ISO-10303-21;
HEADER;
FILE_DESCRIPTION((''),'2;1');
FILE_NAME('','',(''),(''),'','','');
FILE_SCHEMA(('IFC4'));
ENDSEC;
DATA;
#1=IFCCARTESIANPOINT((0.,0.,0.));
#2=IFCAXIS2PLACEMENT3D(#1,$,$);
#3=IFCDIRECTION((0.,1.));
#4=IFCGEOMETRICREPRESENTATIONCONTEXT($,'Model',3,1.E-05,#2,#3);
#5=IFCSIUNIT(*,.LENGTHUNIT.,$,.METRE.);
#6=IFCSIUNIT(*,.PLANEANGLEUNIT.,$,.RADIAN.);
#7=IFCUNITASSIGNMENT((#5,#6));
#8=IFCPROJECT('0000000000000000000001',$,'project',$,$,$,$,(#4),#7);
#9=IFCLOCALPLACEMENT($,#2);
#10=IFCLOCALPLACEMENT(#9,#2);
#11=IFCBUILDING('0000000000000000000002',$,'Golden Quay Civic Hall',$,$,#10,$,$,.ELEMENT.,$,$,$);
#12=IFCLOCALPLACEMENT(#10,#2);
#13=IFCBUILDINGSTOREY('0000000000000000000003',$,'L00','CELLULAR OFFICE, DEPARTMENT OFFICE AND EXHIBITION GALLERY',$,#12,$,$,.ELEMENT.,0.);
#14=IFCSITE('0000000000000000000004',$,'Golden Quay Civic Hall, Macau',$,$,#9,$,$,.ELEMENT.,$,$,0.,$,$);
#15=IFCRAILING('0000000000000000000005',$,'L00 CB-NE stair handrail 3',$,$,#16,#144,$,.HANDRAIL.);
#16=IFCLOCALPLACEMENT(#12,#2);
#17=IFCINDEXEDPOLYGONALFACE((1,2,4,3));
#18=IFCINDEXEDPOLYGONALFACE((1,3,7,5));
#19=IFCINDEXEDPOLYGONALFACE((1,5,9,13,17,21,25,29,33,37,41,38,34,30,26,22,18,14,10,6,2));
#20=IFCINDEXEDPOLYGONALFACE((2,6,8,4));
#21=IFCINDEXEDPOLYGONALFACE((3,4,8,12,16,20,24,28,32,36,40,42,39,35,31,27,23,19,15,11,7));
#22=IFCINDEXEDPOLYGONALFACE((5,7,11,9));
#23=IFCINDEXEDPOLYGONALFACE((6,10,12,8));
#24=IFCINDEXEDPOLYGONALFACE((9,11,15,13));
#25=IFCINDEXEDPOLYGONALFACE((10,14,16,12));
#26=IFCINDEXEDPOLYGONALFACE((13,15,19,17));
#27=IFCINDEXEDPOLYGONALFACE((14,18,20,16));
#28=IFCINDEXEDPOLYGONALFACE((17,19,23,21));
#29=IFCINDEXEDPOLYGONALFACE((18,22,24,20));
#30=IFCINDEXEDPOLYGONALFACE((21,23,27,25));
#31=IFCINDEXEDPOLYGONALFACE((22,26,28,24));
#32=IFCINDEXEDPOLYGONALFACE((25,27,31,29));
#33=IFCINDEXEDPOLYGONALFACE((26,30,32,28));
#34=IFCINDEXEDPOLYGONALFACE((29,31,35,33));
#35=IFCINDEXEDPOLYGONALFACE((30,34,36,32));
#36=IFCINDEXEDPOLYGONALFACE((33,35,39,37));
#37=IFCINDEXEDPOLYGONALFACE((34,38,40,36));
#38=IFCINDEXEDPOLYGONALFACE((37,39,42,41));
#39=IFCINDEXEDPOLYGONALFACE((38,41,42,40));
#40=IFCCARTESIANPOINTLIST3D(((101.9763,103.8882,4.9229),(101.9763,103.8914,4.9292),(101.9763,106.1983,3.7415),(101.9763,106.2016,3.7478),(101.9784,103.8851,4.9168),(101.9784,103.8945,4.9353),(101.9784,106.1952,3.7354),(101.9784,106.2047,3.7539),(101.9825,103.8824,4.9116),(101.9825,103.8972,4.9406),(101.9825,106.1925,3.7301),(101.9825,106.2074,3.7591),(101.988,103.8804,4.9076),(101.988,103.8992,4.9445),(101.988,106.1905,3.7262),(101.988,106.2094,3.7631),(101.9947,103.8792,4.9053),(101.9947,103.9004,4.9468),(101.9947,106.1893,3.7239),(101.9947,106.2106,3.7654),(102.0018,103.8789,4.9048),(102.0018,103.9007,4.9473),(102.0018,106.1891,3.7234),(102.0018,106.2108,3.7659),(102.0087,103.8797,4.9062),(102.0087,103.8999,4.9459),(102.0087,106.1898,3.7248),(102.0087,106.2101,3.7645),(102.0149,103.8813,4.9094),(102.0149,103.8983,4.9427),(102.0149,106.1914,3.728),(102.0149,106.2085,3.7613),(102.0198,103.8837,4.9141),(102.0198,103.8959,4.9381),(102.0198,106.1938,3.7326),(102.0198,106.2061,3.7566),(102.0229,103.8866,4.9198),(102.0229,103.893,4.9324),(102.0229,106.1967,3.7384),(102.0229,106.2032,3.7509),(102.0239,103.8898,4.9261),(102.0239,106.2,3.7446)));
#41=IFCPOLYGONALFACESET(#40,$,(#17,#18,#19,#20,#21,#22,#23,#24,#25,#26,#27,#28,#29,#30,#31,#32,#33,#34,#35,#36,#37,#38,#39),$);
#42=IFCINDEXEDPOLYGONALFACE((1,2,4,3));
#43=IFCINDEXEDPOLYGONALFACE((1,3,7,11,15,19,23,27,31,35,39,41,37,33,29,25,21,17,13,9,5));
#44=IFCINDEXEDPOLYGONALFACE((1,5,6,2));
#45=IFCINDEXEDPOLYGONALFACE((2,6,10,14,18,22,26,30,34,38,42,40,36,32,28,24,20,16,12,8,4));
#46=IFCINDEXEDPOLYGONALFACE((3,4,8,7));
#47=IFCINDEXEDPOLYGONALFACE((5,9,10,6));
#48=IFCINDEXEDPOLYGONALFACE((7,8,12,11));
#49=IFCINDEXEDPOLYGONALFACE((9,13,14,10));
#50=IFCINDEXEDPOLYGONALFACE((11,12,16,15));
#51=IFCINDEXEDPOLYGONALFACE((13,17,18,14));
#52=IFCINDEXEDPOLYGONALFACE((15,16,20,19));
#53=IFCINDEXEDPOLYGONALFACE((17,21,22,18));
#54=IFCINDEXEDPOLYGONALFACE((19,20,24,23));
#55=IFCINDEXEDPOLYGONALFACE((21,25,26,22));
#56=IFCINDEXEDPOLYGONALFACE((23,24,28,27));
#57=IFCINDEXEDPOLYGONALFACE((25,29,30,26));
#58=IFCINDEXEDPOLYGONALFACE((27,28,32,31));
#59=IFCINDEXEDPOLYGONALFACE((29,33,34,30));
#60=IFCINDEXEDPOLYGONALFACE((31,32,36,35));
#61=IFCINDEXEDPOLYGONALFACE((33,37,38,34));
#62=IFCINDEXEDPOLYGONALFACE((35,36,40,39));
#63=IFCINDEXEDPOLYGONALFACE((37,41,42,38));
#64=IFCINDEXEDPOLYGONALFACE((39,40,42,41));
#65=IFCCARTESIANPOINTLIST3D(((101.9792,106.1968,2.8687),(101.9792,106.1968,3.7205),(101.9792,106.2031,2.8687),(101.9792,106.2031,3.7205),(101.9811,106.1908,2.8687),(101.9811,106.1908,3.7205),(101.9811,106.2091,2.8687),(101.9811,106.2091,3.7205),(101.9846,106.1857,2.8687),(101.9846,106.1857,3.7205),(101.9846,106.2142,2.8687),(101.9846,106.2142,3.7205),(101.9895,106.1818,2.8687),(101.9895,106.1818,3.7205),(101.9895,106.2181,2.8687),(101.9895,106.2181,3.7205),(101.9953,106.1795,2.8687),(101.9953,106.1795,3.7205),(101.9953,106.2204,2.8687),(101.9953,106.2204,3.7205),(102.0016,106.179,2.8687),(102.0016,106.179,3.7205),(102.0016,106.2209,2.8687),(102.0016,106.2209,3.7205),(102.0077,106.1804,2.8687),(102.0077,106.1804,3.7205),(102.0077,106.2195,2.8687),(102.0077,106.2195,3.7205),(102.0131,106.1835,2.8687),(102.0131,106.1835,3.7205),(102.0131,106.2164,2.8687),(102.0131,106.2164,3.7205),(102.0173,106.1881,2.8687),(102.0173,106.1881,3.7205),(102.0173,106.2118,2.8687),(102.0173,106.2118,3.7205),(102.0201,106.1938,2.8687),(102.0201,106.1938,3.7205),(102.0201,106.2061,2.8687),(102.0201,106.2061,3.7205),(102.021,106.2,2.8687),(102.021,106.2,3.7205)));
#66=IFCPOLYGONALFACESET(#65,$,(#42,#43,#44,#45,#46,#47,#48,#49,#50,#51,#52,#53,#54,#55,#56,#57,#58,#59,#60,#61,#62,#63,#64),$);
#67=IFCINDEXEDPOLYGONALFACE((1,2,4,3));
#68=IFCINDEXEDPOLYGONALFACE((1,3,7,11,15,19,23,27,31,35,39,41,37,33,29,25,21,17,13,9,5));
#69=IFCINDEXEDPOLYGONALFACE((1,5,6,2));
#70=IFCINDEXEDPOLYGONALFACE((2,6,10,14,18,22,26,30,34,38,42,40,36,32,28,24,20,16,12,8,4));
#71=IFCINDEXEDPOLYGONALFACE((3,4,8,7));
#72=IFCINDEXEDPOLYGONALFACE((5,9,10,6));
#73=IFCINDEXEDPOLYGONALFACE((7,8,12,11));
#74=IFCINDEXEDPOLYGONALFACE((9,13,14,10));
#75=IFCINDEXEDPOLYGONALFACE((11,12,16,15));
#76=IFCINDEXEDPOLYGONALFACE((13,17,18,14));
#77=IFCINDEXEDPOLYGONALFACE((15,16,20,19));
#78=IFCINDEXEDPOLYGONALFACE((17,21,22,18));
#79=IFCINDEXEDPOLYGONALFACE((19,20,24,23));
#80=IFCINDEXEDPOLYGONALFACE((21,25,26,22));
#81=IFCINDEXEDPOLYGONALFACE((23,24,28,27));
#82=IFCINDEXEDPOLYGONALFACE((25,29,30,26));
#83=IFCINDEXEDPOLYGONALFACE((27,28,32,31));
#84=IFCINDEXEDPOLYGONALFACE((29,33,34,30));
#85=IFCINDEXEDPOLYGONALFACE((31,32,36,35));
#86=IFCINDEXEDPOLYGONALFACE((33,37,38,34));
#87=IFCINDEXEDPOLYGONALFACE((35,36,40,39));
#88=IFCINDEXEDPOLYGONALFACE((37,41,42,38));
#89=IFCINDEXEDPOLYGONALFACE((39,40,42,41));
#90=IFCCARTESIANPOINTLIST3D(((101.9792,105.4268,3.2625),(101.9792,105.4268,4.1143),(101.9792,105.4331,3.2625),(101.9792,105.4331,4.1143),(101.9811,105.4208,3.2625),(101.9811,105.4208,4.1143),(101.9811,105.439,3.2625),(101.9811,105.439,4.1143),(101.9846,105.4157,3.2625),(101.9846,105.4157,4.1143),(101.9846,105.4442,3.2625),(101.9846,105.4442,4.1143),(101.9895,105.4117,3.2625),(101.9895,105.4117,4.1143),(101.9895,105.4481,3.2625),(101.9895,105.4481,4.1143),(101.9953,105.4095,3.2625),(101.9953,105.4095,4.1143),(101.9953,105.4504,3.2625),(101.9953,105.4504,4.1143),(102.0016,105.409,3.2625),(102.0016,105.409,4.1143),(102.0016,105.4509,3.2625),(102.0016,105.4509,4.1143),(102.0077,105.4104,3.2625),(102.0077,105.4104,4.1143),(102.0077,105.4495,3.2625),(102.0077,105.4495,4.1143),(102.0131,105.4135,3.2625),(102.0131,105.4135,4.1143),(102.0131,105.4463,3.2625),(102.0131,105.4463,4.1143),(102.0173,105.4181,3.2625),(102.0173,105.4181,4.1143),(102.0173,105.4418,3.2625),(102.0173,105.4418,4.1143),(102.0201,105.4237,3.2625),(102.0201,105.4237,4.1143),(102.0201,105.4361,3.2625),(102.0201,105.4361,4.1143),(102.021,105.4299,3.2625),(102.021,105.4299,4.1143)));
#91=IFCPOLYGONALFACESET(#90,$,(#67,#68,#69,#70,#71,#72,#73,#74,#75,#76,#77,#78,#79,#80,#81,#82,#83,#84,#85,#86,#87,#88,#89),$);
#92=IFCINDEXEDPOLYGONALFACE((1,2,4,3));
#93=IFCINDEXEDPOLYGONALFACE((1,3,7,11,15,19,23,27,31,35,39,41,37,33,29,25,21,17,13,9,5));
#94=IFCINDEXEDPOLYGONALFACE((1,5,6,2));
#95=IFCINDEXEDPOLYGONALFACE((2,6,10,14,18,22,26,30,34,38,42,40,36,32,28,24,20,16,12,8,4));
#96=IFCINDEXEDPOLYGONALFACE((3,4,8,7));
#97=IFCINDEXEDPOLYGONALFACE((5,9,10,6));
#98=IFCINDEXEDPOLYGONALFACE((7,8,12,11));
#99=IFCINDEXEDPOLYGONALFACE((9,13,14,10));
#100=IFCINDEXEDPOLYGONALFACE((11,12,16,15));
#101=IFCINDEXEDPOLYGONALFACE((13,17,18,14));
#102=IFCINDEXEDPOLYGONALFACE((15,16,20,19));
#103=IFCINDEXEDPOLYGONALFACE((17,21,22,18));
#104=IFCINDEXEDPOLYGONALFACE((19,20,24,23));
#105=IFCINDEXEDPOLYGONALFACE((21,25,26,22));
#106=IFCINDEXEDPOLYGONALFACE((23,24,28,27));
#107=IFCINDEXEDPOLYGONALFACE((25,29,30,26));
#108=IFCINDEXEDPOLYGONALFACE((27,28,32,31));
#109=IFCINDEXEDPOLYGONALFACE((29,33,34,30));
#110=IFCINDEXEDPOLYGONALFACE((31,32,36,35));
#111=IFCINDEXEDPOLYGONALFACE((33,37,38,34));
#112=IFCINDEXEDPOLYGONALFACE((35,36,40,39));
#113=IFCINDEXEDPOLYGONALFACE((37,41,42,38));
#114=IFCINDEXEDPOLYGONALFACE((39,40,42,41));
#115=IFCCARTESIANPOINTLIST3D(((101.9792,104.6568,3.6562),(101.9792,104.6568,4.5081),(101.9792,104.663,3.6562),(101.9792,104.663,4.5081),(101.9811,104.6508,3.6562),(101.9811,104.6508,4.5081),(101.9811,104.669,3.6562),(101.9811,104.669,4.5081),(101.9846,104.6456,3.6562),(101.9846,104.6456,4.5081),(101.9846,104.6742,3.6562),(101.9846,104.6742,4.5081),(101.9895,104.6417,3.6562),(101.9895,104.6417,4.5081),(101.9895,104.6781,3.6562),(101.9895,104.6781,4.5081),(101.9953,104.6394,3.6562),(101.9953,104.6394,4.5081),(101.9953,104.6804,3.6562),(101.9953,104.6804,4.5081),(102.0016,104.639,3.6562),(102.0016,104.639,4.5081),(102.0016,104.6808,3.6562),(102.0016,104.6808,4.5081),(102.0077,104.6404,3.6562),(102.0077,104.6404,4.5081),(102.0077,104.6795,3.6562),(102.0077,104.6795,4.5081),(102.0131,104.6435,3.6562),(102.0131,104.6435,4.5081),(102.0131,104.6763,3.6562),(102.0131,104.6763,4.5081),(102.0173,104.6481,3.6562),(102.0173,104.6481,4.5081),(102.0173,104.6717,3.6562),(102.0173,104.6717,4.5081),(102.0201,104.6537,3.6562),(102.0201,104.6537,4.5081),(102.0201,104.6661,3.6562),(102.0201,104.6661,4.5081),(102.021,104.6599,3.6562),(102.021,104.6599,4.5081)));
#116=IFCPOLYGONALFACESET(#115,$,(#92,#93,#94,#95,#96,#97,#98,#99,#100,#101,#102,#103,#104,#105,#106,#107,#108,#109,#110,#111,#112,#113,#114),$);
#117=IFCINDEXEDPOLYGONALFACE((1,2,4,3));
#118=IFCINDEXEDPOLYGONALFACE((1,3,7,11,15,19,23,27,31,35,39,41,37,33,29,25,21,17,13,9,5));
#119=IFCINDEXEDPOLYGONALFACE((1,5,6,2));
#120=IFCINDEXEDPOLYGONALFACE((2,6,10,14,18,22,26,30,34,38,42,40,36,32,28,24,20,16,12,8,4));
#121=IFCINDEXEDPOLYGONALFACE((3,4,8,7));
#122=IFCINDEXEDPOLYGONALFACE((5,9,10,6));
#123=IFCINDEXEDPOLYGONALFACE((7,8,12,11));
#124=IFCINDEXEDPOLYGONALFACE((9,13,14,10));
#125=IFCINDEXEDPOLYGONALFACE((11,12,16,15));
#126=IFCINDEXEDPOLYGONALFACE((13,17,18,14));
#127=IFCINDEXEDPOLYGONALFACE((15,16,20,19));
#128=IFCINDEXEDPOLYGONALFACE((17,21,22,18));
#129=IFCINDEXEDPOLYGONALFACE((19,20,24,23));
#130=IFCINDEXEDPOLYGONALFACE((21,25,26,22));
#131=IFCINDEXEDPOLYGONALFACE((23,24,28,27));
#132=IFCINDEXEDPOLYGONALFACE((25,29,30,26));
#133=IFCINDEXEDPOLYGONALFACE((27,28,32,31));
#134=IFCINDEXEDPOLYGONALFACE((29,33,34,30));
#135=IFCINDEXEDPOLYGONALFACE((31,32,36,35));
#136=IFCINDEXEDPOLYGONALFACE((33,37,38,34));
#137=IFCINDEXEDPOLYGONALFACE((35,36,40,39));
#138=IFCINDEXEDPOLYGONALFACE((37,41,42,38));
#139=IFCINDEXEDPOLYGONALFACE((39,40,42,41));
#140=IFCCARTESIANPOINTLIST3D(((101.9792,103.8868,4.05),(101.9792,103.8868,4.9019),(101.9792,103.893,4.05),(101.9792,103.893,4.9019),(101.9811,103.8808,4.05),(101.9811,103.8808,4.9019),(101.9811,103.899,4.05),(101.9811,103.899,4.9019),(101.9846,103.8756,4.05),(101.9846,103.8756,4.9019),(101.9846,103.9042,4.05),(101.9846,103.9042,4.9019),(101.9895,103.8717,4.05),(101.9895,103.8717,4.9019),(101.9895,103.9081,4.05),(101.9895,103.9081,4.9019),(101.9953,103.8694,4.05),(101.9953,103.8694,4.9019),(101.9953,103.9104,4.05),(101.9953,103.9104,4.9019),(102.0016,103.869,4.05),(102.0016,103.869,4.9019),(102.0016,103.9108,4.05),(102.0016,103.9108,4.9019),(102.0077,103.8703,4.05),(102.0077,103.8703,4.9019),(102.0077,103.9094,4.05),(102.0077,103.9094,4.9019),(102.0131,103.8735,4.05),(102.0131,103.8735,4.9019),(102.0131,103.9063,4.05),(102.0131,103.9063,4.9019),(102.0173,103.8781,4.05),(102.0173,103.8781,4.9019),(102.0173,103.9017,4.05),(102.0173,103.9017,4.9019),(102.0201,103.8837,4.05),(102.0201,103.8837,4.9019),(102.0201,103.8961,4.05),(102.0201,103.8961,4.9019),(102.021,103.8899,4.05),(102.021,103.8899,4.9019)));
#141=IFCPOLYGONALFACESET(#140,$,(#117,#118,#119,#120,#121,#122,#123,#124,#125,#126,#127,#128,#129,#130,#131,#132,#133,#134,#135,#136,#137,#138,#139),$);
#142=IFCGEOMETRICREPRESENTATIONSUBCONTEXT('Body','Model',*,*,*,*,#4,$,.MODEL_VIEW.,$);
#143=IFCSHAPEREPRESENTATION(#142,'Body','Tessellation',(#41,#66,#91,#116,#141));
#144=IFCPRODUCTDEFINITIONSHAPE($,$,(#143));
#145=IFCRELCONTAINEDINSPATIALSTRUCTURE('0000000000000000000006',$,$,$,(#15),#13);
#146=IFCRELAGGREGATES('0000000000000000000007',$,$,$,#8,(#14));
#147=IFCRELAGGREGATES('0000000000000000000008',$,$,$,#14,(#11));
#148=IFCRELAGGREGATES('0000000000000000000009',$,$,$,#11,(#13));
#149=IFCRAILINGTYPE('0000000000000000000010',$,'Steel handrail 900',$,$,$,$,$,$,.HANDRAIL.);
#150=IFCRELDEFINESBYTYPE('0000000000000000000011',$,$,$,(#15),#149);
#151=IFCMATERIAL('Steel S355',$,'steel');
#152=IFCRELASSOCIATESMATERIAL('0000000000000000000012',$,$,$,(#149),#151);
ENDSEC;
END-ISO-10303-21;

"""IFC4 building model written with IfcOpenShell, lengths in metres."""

from ifc_helpers import new_model, si_unit, direction, frame, origin, origin_2d, place, context, subcontext, project, spatial, circle, extrude, material, type_object, element, save


model = new_model("IFC4")

# Units and contexts
model_context = context("Model", 3, precision=1e-05, world=origin(), true_north=direction((0.0, 1.0)))
body_context = subcontext(model_context, "Body", "Model", "MODEL_VIEW")
ifc_project = project(units=[si_unit("LENGTHUNIT", "METRE"), si_unit("PLANEANGLEUNIT", "RADIAN")], contexts=[model_context])

# Site, building, storey
site_placement = place(None, origin())
site = spatial("IfcSite", under=ifc_project, at=site_placement, Name="Golden Quay Civic Hall, Macau", CompositionType="ELEMENT", RefElevation=0.0)
building_placement = place(site_placement, origin())
building = spatial("IfcBuilding", under=site, at=building_placement, Name="Golden Quay Civic Hall", CompositionType="ELEMENT")
storey_placement = place(building_placement, origin())
storey = spatial("IfcBuildingStorey", under=building, at=storey_placement, Name="L00", Description="CELLULAR OFFICE, DEPARTMENT OFFICE AND EXHIBITION GALLERY", CompositionType="ELEMENT", Elevation=0.0)

# Railing
ifc_material_1 = material(Name="Steel S355", Category="steel")
railing_type_1 = type_object("IfcRailingType", Name="Steel handrail 900", PredefinedType="HANDRAIL", material=ifc_material_1)
railing_1_placement = place(storey_placement, frame((102.0, 106.2, 2.8687)))
element("IfcRailing", 1, at=railing_1_placement, inside=storey, type_object=railing_type_1, Name="L00 CB-NE stair handrail 3", PredefinedType="HANDRAIL", context=body_context, shape_type="SweptSolid", body=[
    extrude(circle(Radius=0.0239, at=origin_2d()), frame((0.0, 0.0, 0.876), z_axis=(0.0, -0.890325, 0.455325), x_axis=(1.0, 0.0, 0.0)), (0.0, 0.0, 1.0), 2.5947),
    extrude(circle(Radius=0.021, at=origin_2d()), origin(), (0.0, 0.0, 1.0), 0.8518),
    extrude(circle(Radius=0.021, at=origin_2d()), frame((0.0, -0.77, 0.3938)), (0.0, 0.0, 1.0), 0.8518),
    extrude(circle(Radius=0.021, at=origin_2d()), frame((0.0, -1.54, 0.7876)), (0.0, 0.0, 1.0), 0.8518),
    extrude(circle(Radius=0.021, at=origin_2d()), frame((0.0, -2.3101, 1.1814)), (0.0, 0.0, 1.0), 0.8518),
])

save(model, "model.ifc")
